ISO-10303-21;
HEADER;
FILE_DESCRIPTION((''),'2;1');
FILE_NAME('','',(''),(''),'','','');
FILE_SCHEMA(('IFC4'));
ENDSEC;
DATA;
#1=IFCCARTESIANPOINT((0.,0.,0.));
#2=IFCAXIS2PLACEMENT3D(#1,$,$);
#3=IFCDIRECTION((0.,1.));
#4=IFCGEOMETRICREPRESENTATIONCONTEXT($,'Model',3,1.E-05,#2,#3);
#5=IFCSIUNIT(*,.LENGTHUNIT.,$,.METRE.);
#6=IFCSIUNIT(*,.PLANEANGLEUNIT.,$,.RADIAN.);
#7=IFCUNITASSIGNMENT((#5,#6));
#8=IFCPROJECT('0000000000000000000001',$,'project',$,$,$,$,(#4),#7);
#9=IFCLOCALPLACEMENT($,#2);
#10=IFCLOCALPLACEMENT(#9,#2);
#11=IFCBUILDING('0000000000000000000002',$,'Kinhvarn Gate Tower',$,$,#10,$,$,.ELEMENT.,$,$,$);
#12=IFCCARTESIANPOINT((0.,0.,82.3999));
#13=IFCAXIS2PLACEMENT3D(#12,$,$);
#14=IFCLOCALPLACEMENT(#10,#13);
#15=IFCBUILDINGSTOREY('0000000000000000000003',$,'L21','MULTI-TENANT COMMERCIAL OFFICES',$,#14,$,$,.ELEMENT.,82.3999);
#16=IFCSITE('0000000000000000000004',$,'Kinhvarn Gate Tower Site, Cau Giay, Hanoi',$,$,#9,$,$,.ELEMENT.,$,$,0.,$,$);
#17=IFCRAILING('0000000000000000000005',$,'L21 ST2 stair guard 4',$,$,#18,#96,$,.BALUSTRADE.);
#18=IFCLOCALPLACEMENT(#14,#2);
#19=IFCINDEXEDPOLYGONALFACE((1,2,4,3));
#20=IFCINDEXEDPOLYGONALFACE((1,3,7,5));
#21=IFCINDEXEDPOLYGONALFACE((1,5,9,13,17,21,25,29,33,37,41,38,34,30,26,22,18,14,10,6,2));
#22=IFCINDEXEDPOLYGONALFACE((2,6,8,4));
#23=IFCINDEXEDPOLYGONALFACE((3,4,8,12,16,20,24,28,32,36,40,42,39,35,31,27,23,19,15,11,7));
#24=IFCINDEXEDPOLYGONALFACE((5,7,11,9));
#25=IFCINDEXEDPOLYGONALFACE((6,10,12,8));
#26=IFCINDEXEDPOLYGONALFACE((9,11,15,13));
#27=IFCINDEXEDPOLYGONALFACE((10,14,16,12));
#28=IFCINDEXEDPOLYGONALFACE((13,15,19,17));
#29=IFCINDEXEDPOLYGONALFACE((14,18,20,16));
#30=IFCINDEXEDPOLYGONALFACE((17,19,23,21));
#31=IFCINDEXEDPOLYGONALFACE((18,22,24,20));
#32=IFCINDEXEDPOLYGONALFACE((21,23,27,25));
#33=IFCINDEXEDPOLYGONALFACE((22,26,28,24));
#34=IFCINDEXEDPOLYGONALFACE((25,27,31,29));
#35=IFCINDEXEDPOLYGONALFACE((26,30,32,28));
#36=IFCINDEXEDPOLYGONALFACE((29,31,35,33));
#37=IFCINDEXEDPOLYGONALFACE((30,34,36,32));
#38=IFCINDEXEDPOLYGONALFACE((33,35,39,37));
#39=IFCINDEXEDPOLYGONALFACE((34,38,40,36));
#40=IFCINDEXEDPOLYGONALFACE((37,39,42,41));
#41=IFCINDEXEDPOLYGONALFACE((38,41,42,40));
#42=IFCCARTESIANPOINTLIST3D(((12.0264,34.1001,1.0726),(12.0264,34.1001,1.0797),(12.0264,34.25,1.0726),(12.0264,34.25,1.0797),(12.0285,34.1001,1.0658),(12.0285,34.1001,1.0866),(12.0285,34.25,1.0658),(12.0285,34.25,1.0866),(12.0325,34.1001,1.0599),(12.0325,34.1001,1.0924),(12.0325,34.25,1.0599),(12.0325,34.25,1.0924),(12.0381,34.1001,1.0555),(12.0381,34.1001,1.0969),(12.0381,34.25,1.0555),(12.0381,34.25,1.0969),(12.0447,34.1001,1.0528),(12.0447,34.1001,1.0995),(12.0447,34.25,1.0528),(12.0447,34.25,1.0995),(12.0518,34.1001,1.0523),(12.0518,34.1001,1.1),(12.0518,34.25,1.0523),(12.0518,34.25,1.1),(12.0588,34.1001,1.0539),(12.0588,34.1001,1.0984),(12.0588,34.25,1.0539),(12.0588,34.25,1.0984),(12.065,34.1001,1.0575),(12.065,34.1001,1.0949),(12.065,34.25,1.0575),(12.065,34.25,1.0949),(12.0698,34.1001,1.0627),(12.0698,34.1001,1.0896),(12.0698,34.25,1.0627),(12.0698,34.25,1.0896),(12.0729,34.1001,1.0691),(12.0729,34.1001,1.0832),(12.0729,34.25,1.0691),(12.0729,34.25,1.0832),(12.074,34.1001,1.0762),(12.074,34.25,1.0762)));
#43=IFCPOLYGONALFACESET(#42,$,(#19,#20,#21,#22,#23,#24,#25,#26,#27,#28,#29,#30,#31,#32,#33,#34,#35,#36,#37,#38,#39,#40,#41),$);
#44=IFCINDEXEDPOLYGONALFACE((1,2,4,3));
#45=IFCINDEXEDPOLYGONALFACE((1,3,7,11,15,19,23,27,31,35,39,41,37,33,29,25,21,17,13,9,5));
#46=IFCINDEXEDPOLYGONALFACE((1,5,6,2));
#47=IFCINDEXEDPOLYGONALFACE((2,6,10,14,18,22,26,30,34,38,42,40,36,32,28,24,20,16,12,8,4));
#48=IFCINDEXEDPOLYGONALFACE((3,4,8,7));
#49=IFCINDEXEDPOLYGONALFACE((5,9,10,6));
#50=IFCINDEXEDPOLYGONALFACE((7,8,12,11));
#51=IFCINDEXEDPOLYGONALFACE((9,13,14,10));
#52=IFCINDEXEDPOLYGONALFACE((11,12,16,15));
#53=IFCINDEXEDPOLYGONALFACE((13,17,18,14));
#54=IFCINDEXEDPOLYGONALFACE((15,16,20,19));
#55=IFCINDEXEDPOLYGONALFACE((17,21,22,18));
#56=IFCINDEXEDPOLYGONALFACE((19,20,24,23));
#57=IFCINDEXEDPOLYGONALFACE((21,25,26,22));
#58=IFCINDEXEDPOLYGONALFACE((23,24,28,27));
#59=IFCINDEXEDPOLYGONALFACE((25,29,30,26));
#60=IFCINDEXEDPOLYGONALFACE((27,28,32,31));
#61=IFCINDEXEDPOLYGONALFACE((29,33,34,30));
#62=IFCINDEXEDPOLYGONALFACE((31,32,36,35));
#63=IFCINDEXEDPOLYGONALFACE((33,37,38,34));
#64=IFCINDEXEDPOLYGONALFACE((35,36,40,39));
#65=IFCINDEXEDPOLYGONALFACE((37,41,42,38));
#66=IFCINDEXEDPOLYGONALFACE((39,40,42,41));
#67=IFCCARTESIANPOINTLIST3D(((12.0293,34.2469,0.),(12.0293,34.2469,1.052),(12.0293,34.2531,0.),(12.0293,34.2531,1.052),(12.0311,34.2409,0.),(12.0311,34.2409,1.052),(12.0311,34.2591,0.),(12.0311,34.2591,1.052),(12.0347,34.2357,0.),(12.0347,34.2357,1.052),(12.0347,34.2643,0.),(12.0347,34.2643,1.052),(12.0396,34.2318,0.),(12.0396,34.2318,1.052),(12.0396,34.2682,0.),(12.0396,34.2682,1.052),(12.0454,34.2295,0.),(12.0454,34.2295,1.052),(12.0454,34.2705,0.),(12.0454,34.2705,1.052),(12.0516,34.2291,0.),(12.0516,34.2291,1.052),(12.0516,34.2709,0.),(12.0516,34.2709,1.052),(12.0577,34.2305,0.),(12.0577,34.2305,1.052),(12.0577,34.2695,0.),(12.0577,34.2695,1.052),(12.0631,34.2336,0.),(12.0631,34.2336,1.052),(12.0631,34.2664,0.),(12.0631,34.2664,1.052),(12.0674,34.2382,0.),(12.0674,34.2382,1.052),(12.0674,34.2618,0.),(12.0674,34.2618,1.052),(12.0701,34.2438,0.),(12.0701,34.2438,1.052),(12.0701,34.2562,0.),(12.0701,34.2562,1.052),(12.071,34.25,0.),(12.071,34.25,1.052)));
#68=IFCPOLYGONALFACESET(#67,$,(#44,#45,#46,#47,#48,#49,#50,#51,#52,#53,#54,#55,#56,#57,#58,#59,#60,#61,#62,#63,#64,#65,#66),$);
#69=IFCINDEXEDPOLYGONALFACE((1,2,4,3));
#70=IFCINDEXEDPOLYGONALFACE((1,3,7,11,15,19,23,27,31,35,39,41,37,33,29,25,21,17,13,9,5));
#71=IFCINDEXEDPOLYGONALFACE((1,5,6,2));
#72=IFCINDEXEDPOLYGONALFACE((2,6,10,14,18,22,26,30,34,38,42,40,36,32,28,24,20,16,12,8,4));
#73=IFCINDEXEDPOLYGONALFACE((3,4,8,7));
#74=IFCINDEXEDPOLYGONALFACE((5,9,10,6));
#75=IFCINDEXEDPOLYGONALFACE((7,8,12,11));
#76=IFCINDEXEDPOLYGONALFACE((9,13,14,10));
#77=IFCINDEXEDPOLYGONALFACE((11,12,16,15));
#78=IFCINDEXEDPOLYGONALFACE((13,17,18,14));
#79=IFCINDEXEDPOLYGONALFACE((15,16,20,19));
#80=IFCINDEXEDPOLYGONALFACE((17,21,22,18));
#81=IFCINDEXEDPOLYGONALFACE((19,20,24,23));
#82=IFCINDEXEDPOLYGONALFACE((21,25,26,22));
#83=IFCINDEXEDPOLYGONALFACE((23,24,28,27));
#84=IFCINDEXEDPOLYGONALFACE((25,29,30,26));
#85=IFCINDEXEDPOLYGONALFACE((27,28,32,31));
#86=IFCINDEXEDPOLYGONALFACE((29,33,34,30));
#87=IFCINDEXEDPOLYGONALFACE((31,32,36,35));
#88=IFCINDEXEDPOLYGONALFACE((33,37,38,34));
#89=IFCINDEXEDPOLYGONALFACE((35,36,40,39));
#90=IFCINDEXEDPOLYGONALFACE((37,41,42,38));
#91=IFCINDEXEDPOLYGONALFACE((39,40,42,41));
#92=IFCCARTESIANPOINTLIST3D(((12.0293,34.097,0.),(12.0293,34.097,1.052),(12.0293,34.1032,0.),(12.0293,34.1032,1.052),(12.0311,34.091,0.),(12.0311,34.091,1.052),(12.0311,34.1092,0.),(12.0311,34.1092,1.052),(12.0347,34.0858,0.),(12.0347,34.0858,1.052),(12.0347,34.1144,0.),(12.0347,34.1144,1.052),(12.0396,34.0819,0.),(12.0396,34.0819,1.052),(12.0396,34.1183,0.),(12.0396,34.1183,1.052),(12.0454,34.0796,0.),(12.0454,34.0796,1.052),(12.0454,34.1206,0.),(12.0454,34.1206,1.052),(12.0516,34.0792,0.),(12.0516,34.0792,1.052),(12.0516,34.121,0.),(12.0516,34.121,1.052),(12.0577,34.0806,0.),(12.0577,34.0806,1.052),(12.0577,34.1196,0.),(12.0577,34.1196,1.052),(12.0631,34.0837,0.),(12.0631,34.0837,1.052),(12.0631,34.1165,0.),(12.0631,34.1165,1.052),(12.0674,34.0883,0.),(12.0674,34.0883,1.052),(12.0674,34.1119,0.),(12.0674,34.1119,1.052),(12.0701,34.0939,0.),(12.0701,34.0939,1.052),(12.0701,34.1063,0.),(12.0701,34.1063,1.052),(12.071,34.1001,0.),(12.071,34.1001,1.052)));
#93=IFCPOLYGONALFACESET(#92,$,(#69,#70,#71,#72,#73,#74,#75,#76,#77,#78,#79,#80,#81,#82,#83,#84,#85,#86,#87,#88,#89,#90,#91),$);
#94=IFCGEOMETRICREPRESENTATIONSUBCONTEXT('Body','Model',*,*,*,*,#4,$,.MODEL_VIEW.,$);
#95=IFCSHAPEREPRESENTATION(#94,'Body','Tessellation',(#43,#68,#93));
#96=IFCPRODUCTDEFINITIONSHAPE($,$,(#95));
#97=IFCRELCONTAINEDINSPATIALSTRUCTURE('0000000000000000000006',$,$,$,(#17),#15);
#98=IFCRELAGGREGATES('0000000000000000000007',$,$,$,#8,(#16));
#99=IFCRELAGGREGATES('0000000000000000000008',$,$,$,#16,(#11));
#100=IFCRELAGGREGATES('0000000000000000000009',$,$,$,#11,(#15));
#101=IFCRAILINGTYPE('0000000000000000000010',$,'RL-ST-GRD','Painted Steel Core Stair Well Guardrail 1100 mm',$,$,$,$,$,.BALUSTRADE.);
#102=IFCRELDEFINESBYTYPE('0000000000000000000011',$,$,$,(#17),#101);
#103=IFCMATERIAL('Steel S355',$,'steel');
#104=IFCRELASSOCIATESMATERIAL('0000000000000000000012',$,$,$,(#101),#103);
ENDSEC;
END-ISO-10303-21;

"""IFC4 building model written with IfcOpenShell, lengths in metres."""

from ifc_helpers import new_model, si_unit, direction, frame, origin, origin_2d, place, context, subcontext, project, spatial, circle, extrude, material, type_object, element, save


model = new_model("IFC4")

# Units and contexts
model_context = context("Model", 3, precision=1e-05, world=origin(), true_north=direction((0.0, 1.0)))
body_context = subcontext(model_context, "Body", "Model", "MODEL_VIEW")
ifc_project = project(units=[si_unit("LENGTHUNIT", "METRE"), si_unit("PLANEANGLEUNIT", "RADIAN")], contexts=[model_context])

# Site, building, storey
site_placement = place(None, origin())
site = spatial("IfcSite", under=ifc_project, at=site_placement, Name="Kinhvarn Gate Tower Site, Cau Giay, Hanoi", CompositionType="ELEMENT", RefElevation=0.0)
building_placement = place(site_placement, origin())
building = spatial("IfcBuilding", under=site, at=building_placement, Name="Kinhvarn Gate Tower", CompositionType="ELEMENT")
storey_placement = place(building_placement, frame((0.0, 0.0, 82.3999)))
storey = spatial("IfcBuildingStorey", under=building, at=storey_placement, Name="L21", Description="MULTI-TENANT COMMERCIAL OFFICES", CompositionType="ELEMENT", Elevation=82.3999)

# Shared definitions
ifc_material_1 = material(Name="Steel S355", Category="steel")

# Railing
railing_type_1 = type_object("IfcRailingType", Name="RL-ST-GRD", Description="Painted Steel Core Stair Well Guardrail 1100 mm", PredefinedType="BALUSTRADE", material=ifc_material_1)
railing_1_placement = place(storey_placement, frame((12.05, 34.25, 0.0)))
element("IfcRailing", 1, at=railing_1_placement, inside=storey, type_object=railing_type_1, Name="L21 ST2 stair guard 4", PredefinedType="BALUSTRADE", context=body_context, shape_type="SweptSolid", body=[
    extrude(circle(Radius=0.0239, at=origin_2d()), frame((0.0, 0.0, 1.0762), z_axis=(0.0, -1.0, 0.0), x_axis=(1.0, 0.0, 0.0)), (0.0, 0.0, 1.0), 0.1499),
    extrude(circle(Radius=0.021, at=origin_2d()), origin(), (0.0, 0.0, 1.0), 1.052),
    extrude(circle(Radius=0.021, at=origin_2d()), frame((0.0, -0.1499, 0.0)), (0.0, 0.0, 1.0), 1.052),
])

save(model, "model.ifc")
